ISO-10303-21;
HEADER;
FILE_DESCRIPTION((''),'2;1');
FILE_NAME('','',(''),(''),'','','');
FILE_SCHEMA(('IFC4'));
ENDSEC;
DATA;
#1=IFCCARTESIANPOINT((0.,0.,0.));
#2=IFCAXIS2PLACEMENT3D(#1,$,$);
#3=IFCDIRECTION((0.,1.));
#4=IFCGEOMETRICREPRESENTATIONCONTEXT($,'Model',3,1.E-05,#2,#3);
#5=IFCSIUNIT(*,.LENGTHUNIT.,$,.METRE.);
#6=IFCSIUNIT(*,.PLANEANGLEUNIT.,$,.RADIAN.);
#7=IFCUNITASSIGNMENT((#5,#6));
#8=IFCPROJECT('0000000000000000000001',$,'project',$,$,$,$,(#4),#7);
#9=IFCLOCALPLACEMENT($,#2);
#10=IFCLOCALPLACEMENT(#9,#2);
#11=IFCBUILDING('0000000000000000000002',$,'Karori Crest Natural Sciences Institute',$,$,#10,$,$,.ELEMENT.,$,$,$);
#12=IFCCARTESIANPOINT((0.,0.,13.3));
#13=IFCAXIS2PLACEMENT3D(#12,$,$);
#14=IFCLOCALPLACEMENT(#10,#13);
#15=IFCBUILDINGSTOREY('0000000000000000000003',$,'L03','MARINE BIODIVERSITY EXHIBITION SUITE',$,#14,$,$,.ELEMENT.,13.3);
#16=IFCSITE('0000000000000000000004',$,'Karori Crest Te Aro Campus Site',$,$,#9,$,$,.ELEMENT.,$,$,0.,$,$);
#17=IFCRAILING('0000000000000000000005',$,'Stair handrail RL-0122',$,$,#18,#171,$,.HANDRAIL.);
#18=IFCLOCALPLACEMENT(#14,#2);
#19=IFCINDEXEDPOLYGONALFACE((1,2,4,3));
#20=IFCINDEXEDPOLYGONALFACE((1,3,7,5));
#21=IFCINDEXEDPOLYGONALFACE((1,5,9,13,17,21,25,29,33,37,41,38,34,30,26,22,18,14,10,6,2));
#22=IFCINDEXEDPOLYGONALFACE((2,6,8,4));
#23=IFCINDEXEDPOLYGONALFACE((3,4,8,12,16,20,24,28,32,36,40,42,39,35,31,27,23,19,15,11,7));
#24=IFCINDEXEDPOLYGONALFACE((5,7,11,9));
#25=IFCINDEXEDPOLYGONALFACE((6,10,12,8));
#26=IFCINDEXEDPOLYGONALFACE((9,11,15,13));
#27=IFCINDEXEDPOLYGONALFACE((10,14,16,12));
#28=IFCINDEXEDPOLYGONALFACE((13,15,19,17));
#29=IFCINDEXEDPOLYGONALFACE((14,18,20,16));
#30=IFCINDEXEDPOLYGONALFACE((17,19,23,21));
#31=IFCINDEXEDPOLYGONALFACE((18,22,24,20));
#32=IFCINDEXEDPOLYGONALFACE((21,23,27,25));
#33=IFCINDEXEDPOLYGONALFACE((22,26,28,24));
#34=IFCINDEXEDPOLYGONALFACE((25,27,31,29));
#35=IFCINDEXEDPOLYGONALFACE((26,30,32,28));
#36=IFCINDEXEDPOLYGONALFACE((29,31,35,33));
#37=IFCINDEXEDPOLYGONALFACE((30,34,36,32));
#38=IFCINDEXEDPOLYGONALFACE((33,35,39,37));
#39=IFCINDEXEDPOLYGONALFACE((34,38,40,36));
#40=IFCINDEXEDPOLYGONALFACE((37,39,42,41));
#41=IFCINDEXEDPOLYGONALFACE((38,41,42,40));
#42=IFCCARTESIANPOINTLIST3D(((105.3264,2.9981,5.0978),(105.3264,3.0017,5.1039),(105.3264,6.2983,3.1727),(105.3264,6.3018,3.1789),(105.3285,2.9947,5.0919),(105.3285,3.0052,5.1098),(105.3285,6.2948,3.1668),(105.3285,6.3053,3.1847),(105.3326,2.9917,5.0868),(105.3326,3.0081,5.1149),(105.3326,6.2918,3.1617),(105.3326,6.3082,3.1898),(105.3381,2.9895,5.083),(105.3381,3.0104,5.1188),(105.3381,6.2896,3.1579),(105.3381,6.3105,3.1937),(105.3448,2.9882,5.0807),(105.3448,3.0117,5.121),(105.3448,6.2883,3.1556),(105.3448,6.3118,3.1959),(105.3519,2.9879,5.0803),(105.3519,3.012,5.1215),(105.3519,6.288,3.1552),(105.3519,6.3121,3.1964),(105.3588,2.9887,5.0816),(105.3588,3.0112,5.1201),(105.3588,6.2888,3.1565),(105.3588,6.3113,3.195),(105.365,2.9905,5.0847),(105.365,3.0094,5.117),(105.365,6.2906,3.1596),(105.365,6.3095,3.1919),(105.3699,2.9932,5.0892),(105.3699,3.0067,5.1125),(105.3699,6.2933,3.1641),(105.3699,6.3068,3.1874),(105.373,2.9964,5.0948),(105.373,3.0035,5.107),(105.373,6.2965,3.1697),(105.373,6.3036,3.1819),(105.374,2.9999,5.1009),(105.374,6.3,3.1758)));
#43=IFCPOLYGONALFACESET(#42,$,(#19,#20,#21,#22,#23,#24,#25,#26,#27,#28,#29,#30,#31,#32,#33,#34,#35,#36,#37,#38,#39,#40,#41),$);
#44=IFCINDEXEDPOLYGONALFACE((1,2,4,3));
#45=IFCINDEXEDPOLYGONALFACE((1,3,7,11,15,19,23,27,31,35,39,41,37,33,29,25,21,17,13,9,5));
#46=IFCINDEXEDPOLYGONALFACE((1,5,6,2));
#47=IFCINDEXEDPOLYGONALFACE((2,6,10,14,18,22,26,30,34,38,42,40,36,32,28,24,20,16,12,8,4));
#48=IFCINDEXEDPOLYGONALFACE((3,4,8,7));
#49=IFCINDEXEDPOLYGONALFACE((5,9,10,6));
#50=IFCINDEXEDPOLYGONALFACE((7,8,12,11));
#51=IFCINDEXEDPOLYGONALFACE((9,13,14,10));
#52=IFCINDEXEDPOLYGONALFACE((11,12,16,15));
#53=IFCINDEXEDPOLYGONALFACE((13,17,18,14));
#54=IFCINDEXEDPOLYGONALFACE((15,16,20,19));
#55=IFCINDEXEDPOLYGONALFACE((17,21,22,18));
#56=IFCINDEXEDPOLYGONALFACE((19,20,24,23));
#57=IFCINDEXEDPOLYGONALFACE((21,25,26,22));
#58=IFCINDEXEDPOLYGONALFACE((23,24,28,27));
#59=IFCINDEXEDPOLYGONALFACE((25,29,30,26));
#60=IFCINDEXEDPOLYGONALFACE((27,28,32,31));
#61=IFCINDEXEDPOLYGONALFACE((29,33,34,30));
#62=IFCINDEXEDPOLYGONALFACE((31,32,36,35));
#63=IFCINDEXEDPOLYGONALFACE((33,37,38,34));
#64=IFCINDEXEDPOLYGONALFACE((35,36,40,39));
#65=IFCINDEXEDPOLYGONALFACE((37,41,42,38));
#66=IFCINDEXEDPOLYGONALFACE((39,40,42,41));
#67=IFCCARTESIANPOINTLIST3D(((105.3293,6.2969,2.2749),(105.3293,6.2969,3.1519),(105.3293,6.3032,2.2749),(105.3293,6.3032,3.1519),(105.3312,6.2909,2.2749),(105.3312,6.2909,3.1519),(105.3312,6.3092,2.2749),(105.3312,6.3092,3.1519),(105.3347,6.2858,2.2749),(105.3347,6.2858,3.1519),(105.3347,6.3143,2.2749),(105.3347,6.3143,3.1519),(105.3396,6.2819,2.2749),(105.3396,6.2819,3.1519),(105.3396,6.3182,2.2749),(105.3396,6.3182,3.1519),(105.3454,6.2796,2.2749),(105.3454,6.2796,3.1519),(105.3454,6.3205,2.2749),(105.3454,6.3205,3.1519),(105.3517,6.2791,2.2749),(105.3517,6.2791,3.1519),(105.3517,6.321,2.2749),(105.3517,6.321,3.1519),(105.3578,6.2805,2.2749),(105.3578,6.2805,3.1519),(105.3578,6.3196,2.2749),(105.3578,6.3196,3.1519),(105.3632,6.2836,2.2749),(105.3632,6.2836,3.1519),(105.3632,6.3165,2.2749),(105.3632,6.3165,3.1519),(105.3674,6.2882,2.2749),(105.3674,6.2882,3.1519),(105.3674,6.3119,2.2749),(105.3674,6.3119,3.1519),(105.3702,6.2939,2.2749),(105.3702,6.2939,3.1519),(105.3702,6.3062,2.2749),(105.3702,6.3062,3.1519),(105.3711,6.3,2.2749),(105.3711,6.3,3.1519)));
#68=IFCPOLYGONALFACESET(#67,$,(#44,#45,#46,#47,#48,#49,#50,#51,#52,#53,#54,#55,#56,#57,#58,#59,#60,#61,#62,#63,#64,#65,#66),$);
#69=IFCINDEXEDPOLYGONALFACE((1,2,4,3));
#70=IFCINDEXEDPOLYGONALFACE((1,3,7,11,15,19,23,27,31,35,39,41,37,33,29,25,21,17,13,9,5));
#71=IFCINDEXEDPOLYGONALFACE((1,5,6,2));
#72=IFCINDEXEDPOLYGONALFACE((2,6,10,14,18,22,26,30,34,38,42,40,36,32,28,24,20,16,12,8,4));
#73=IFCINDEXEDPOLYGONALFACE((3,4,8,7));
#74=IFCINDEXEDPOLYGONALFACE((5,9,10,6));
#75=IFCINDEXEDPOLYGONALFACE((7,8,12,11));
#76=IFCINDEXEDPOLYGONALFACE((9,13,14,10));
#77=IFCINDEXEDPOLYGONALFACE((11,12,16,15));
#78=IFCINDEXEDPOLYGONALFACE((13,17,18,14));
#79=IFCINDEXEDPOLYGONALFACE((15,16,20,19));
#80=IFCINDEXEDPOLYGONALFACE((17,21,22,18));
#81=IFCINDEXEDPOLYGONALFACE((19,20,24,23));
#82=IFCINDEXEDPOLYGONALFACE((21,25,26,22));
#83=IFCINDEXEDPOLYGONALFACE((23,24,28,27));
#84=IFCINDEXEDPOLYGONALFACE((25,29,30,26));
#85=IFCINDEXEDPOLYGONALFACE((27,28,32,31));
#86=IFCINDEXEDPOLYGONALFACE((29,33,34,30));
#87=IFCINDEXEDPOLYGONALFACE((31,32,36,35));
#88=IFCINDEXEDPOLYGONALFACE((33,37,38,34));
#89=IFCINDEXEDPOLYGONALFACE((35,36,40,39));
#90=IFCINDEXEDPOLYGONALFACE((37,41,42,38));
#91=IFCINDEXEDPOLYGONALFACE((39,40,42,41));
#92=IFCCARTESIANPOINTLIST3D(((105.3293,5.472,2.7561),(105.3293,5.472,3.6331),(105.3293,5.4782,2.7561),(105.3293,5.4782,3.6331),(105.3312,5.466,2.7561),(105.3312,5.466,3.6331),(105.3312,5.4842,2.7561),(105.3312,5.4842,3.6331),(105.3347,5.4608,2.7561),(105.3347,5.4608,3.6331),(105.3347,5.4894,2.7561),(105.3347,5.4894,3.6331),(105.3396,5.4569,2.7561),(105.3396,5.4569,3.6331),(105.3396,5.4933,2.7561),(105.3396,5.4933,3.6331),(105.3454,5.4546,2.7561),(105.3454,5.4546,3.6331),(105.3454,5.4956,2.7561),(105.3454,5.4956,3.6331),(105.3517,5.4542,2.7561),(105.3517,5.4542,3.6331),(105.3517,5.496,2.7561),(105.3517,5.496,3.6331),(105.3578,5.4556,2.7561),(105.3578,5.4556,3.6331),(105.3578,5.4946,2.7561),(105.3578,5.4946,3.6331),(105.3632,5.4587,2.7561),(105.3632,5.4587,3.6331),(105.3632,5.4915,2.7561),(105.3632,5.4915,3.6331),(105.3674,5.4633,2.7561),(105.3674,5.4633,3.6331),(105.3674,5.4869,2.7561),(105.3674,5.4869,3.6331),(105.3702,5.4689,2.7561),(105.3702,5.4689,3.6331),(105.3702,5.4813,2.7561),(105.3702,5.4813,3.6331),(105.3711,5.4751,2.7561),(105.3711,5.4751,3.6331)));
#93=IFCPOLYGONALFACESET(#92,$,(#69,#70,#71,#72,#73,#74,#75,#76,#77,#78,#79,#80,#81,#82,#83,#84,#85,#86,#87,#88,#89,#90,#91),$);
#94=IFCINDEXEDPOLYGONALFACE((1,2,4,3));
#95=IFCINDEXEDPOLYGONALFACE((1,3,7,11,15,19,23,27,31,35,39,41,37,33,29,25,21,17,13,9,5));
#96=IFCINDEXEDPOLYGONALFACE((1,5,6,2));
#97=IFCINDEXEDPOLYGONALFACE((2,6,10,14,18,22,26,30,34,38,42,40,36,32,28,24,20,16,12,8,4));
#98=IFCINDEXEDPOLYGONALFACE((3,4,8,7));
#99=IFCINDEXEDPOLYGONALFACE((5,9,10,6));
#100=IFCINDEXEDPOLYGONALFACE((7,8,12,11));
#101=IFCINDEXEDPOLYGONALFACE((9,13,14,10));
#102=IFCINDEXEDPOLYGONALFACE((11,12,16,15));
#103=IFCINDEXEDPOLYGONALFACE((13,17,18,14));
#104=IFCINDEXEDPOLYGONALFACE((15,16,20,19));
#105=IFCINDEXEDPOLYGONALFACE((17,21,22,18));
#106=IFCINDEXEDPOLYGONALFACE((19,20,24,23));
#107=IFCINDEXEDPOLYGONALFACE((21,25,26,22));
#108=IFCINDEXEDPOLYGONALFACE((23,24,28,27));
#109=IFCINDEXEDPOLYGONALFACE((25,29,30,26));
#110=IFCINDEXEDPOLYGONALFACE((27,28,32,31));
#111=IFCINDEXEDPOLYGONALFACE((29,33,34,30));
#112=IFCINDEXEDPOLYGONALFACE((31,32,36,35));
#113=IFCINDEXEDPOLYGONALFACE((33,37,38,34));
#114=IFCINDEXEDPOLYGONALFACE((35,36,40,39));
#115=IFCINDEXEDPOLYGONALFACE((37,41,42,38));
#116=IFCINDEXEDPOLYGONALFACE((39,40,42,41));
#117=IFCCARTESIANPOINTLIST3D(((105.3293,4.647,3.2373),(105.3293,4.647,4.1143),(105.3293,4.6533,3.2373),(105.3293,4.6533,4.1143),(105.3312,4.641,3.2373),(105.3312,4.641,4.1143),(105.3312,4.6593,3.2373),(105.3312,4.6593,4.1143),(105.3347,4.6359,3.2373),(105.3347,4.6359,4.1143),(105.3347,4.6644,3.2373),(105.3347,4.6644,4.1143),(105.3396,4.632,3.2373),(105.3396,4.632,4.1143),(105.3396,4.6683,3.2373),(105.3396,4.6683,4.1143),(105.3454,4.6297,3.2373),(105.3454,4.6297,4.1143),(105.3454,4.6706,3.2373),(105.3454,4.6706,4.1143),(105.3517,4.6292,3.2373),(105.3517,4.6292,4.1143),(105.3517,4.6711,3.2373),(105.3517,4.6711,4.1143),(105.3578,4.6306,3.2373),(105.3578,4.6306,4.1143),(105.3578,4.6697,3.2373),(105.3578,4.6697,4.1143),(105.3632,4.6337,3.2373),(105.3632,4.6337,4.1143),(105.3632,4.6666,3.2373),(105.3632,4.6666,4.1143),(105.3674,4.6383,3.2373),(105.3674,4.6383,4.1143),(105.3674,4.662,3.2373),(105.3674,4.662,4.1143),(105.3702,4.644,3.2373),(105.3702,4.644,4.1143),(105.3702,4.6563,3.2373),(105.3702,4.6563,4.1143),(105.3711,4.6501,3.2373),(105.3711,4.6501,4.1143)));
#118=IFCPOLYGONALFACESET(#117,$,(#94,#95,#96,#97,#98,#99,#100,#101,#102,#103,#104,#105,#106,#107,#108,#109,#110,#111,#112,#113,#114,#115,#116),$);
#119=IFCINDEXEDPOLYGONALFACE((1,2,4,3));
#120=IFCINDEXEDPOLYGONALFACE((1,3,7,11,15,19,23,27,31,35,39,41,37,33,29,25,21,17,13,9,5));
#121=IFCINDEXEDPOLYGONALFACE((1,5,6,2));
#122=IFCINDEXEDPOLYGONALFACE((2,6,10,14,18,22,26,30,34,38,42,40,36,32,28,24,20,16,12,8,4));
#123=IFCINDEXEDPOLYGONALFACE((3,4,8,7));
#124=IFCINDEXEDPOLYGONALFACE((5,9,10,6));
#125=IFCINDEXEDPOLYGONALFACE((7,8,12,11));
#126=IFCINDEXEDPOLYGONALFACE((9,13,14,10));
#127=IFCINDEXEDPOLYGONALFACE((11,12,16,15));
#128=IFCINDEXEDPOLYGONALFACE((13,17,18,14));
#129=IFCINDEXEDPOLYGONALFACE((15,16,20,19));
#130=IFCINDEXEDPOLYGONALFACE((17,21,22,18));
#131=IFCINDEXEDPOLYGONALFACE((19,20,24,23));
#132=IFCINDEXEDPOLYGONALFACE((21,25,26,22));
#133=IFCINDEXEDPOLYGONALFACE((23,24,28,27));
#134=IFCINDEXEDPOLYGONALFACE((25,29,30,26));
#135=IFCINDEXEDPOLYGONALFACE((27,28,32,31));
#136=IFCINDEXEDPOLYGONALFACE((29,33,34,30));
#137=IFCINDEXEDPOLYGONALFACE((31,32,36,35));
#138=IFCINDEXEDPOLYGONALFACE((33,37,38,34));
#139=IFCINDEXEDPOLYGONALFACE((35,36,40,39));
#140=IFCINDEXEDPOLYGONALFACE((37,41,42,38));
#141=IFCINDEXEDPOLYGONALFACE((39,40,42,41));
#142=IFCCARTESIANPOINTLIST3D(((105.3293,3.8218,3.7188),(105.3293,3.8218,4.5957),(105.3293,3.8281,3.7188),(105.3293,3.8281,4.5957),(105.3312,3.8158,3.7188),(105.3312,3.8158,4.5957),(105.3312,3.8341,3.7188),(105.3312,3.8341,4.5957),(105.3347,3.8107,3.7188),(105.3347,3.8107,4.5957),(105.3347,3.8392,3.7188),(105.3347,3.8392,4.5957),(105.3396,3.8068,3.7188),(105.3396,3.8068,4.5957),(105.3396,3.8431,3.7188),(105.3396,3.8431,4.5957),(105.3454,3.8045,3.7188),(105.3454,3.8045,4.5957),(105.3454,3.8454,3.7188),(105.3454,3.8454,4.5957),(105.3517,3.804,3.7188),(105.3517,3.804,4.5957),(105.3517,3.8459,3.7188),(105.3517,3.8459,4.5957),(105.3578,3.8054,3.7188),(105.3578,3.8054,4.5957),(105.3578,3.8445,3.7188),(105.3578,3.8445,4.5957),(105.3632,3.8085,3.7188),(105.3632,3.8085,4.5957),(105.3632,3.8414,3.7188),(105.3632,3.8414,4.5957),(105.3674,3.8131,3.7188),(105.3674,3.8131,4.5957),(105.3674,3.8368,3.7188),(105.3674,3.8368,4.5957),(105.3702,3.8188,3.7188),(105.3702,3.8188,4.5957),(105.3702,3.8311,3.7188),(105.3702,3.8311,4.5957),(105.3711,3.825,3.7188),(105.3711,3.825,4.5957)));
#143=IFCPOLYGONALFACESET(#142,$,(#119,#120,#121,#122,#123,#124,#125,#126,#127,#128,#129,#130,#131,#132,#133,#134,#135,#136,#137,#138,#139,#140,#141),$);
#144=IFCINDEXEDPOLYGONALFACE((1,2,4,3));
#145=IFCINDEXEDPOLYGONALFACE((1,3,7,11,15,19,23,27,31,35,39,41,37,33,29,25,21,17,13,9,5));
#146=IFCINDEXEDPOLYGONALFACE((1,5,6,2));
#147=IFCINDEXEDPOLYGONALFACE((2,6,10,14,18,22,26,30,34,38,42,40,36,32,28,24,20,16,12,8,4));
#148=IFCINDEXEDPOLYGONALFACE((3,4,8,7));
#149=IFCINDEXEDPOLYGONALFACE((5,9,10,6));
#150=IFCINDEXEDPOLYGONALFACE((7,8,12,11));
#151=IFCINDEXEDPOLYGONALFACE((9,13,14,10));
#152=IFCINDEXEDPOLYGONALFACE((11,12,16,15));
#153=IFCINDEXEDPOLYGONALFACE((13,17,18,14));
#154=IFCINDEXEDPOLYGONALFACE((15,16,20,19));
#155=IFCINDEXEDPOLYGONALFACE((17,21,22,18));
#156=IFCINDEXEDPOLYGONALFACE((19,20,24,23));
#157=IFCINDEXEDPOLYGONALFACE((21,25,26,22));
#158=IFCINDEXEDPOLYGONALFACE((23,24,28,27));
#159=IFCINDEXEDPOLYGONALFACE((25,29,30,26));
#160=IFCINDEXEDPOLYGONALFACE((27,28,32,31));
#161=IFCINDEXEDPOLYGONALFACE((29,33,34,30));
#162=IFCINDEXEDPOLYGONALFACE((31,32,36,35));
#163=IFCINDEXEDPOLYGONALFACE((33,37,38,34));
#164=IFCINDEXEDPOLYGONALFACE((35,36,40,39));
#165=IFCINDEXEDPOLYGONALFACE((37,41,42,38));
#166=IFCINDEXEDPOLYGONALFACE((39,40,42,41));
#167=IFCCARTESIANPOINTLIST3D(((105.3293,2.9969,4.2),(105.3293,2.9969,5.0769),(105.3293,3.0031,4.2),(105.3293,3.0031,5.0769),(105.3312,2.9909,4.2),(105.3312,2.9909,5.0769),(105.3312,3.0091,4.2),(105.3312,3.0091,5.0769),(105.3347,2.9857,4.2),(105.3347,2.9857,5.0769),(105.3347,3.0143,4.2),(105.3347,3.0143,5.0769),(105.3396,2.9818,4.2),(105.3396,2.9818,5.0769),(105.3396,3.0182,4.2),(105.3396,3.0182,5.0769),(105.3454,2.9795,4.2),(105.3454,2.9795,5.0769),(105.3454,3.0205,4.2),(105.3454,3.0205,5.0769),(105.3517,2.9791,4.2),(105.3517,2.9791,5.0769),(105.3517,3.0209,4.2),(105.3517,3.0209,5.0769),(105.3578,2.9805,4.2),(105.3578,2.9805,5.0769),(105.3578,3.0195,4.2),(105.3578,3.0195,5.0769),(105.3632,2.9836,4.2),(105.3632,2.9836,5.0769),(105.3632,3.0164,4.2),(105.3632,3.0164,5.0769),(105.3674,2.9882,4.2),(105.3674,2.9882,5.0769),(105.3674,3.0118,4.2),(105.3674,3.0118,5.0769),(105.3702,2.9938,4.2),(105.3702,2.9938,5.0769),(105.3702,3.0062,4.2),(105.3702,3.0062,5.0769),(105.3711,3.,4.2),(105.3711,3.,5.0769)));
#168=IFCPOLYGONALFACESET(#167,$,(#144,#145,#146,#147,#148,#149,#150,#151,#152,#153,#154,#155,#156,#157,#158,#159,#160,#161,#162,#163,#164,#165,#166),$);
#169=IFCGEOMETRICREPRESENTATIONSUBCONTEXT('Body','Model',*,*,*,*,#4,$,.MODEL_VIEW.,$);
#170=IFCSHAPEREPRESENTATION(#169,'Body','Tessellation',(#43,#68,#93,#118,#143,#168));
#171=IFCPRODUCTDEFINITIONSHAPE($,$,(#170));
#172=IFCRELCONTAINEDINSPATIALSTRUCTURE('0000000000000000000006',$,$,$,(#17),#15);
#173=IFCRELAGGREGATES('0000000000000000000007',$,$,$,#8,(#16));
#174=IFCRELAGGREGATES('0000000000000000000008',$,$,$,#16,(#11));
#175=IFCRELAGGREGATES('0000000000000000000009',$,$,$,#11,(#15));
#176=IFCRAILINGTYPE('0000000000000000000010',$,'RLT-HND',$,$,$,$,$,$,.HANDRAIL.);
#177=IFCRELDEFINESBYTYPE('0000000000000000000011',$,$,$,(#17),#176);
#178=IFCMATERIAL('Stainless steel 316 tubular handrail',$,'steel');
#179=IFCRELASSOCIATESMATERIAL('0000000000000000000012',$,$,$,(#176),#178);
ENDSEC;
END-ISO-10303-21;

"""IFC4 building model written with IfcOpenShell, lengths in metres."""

from ifc_helpers import new_model, si_unit, direction, frame, origin, origin_2d, place, context, subcontext, project, spatial, circle, extrude, material, type_object, element, save


model = new_model("IFC4")

# Units and contexts
model_context = context("Model", 3, precision=1e-05, world=origin(), true_north=direction((0.0, 1.0)))
body_context = subcontext(model_context, "Body", "Model", "MODEL_VIEW")
ifc_project = project(units=[si_unit("LENGTHUNIT", "METRE"), si_unit("PLANEANGLEUNIT", "RADIAN")], contexts=[model_context])

# Site, building, storey
site_placement = place(None, origin())
site = spatial("IfcSite", under=ifc_project, at=site_placement, Name="Karori Crest Te Aro Campus Site", CompositionType="ELEMENT", RefElevation=0.0)
building_placement = place(site_placement, origin())
building = spatial("IfcBuilding", under=site, at=building_placement, Name="Karori Crest Natural Sciences Institute", CompositionType="ELEMENT")
storey_placement = place(building_placement, frame((0.0, 0.0, 13.3)))
storey = spatial("IfcBuildingStorey", under=building, at=storey_placement, Name="L03", Description="MARINE BIODIVERSITY EXHIBITION SUITE", CompositionType="ELEMENT", Elevation=13.3)

# Railing
ifc_material_1 = material(Name="Stainless steel 316 tubular handrail", Category="steel")
railing_type_1 = type_object("IfcRailingType", Name="RLT-HND", PredefinedType="HANDRAIL", material=ifc_material_1)
railing_1_placement = place(storey_placement, frame((105.3501, 6.3, 2.2749)))
element("IfcRailing", 1, at=railing_1_placement, inside=storey, type_object=railing_type_1, Name="Stair handrail RL-0122", PredefinedType="HANDRAIL", context=body_context, shape_type="SweptSolid", body=[
    extrude(circle(Radius=0.0239, at=origin_2d()), frame((0.0, 0.0, 0.9009), z_axis=(0.0, -0.863777, 0.503875), x_axis=(1.0, 0.0, 0.0)), (0.0, 0.0, 1.0), 3.8206),
    extrude(circle(Radius=0.021, at=origin_2d()), origin(), (0.0, 0.0, 1.0), 0.877),
    extrude(circle(Radius=0.021, at=origin_2d()), frame((0.0, -0.825, 0.4812)), (0.0, 0.0, 1.0), 0.877),
    extrude(circle(Radius=0.021, at=origin_2d()), frame((0.0, -1.6499, 0.9624)), (0.0, 0.0, 1.0), 0.877),
    extrude(circle(Radius=0.021, at=origin_2d()), frame((0.0, -2.4751, 1.4438)), (0.0, 0.0, 1.0), 0.877),
    extrude(circle(Radius=0.021, at=origin_2d()), frame((0.0, -3.3, 1.925)), (0.0, 0.0, 1.0), 0.877),
])

save(model, "model.ifc")
